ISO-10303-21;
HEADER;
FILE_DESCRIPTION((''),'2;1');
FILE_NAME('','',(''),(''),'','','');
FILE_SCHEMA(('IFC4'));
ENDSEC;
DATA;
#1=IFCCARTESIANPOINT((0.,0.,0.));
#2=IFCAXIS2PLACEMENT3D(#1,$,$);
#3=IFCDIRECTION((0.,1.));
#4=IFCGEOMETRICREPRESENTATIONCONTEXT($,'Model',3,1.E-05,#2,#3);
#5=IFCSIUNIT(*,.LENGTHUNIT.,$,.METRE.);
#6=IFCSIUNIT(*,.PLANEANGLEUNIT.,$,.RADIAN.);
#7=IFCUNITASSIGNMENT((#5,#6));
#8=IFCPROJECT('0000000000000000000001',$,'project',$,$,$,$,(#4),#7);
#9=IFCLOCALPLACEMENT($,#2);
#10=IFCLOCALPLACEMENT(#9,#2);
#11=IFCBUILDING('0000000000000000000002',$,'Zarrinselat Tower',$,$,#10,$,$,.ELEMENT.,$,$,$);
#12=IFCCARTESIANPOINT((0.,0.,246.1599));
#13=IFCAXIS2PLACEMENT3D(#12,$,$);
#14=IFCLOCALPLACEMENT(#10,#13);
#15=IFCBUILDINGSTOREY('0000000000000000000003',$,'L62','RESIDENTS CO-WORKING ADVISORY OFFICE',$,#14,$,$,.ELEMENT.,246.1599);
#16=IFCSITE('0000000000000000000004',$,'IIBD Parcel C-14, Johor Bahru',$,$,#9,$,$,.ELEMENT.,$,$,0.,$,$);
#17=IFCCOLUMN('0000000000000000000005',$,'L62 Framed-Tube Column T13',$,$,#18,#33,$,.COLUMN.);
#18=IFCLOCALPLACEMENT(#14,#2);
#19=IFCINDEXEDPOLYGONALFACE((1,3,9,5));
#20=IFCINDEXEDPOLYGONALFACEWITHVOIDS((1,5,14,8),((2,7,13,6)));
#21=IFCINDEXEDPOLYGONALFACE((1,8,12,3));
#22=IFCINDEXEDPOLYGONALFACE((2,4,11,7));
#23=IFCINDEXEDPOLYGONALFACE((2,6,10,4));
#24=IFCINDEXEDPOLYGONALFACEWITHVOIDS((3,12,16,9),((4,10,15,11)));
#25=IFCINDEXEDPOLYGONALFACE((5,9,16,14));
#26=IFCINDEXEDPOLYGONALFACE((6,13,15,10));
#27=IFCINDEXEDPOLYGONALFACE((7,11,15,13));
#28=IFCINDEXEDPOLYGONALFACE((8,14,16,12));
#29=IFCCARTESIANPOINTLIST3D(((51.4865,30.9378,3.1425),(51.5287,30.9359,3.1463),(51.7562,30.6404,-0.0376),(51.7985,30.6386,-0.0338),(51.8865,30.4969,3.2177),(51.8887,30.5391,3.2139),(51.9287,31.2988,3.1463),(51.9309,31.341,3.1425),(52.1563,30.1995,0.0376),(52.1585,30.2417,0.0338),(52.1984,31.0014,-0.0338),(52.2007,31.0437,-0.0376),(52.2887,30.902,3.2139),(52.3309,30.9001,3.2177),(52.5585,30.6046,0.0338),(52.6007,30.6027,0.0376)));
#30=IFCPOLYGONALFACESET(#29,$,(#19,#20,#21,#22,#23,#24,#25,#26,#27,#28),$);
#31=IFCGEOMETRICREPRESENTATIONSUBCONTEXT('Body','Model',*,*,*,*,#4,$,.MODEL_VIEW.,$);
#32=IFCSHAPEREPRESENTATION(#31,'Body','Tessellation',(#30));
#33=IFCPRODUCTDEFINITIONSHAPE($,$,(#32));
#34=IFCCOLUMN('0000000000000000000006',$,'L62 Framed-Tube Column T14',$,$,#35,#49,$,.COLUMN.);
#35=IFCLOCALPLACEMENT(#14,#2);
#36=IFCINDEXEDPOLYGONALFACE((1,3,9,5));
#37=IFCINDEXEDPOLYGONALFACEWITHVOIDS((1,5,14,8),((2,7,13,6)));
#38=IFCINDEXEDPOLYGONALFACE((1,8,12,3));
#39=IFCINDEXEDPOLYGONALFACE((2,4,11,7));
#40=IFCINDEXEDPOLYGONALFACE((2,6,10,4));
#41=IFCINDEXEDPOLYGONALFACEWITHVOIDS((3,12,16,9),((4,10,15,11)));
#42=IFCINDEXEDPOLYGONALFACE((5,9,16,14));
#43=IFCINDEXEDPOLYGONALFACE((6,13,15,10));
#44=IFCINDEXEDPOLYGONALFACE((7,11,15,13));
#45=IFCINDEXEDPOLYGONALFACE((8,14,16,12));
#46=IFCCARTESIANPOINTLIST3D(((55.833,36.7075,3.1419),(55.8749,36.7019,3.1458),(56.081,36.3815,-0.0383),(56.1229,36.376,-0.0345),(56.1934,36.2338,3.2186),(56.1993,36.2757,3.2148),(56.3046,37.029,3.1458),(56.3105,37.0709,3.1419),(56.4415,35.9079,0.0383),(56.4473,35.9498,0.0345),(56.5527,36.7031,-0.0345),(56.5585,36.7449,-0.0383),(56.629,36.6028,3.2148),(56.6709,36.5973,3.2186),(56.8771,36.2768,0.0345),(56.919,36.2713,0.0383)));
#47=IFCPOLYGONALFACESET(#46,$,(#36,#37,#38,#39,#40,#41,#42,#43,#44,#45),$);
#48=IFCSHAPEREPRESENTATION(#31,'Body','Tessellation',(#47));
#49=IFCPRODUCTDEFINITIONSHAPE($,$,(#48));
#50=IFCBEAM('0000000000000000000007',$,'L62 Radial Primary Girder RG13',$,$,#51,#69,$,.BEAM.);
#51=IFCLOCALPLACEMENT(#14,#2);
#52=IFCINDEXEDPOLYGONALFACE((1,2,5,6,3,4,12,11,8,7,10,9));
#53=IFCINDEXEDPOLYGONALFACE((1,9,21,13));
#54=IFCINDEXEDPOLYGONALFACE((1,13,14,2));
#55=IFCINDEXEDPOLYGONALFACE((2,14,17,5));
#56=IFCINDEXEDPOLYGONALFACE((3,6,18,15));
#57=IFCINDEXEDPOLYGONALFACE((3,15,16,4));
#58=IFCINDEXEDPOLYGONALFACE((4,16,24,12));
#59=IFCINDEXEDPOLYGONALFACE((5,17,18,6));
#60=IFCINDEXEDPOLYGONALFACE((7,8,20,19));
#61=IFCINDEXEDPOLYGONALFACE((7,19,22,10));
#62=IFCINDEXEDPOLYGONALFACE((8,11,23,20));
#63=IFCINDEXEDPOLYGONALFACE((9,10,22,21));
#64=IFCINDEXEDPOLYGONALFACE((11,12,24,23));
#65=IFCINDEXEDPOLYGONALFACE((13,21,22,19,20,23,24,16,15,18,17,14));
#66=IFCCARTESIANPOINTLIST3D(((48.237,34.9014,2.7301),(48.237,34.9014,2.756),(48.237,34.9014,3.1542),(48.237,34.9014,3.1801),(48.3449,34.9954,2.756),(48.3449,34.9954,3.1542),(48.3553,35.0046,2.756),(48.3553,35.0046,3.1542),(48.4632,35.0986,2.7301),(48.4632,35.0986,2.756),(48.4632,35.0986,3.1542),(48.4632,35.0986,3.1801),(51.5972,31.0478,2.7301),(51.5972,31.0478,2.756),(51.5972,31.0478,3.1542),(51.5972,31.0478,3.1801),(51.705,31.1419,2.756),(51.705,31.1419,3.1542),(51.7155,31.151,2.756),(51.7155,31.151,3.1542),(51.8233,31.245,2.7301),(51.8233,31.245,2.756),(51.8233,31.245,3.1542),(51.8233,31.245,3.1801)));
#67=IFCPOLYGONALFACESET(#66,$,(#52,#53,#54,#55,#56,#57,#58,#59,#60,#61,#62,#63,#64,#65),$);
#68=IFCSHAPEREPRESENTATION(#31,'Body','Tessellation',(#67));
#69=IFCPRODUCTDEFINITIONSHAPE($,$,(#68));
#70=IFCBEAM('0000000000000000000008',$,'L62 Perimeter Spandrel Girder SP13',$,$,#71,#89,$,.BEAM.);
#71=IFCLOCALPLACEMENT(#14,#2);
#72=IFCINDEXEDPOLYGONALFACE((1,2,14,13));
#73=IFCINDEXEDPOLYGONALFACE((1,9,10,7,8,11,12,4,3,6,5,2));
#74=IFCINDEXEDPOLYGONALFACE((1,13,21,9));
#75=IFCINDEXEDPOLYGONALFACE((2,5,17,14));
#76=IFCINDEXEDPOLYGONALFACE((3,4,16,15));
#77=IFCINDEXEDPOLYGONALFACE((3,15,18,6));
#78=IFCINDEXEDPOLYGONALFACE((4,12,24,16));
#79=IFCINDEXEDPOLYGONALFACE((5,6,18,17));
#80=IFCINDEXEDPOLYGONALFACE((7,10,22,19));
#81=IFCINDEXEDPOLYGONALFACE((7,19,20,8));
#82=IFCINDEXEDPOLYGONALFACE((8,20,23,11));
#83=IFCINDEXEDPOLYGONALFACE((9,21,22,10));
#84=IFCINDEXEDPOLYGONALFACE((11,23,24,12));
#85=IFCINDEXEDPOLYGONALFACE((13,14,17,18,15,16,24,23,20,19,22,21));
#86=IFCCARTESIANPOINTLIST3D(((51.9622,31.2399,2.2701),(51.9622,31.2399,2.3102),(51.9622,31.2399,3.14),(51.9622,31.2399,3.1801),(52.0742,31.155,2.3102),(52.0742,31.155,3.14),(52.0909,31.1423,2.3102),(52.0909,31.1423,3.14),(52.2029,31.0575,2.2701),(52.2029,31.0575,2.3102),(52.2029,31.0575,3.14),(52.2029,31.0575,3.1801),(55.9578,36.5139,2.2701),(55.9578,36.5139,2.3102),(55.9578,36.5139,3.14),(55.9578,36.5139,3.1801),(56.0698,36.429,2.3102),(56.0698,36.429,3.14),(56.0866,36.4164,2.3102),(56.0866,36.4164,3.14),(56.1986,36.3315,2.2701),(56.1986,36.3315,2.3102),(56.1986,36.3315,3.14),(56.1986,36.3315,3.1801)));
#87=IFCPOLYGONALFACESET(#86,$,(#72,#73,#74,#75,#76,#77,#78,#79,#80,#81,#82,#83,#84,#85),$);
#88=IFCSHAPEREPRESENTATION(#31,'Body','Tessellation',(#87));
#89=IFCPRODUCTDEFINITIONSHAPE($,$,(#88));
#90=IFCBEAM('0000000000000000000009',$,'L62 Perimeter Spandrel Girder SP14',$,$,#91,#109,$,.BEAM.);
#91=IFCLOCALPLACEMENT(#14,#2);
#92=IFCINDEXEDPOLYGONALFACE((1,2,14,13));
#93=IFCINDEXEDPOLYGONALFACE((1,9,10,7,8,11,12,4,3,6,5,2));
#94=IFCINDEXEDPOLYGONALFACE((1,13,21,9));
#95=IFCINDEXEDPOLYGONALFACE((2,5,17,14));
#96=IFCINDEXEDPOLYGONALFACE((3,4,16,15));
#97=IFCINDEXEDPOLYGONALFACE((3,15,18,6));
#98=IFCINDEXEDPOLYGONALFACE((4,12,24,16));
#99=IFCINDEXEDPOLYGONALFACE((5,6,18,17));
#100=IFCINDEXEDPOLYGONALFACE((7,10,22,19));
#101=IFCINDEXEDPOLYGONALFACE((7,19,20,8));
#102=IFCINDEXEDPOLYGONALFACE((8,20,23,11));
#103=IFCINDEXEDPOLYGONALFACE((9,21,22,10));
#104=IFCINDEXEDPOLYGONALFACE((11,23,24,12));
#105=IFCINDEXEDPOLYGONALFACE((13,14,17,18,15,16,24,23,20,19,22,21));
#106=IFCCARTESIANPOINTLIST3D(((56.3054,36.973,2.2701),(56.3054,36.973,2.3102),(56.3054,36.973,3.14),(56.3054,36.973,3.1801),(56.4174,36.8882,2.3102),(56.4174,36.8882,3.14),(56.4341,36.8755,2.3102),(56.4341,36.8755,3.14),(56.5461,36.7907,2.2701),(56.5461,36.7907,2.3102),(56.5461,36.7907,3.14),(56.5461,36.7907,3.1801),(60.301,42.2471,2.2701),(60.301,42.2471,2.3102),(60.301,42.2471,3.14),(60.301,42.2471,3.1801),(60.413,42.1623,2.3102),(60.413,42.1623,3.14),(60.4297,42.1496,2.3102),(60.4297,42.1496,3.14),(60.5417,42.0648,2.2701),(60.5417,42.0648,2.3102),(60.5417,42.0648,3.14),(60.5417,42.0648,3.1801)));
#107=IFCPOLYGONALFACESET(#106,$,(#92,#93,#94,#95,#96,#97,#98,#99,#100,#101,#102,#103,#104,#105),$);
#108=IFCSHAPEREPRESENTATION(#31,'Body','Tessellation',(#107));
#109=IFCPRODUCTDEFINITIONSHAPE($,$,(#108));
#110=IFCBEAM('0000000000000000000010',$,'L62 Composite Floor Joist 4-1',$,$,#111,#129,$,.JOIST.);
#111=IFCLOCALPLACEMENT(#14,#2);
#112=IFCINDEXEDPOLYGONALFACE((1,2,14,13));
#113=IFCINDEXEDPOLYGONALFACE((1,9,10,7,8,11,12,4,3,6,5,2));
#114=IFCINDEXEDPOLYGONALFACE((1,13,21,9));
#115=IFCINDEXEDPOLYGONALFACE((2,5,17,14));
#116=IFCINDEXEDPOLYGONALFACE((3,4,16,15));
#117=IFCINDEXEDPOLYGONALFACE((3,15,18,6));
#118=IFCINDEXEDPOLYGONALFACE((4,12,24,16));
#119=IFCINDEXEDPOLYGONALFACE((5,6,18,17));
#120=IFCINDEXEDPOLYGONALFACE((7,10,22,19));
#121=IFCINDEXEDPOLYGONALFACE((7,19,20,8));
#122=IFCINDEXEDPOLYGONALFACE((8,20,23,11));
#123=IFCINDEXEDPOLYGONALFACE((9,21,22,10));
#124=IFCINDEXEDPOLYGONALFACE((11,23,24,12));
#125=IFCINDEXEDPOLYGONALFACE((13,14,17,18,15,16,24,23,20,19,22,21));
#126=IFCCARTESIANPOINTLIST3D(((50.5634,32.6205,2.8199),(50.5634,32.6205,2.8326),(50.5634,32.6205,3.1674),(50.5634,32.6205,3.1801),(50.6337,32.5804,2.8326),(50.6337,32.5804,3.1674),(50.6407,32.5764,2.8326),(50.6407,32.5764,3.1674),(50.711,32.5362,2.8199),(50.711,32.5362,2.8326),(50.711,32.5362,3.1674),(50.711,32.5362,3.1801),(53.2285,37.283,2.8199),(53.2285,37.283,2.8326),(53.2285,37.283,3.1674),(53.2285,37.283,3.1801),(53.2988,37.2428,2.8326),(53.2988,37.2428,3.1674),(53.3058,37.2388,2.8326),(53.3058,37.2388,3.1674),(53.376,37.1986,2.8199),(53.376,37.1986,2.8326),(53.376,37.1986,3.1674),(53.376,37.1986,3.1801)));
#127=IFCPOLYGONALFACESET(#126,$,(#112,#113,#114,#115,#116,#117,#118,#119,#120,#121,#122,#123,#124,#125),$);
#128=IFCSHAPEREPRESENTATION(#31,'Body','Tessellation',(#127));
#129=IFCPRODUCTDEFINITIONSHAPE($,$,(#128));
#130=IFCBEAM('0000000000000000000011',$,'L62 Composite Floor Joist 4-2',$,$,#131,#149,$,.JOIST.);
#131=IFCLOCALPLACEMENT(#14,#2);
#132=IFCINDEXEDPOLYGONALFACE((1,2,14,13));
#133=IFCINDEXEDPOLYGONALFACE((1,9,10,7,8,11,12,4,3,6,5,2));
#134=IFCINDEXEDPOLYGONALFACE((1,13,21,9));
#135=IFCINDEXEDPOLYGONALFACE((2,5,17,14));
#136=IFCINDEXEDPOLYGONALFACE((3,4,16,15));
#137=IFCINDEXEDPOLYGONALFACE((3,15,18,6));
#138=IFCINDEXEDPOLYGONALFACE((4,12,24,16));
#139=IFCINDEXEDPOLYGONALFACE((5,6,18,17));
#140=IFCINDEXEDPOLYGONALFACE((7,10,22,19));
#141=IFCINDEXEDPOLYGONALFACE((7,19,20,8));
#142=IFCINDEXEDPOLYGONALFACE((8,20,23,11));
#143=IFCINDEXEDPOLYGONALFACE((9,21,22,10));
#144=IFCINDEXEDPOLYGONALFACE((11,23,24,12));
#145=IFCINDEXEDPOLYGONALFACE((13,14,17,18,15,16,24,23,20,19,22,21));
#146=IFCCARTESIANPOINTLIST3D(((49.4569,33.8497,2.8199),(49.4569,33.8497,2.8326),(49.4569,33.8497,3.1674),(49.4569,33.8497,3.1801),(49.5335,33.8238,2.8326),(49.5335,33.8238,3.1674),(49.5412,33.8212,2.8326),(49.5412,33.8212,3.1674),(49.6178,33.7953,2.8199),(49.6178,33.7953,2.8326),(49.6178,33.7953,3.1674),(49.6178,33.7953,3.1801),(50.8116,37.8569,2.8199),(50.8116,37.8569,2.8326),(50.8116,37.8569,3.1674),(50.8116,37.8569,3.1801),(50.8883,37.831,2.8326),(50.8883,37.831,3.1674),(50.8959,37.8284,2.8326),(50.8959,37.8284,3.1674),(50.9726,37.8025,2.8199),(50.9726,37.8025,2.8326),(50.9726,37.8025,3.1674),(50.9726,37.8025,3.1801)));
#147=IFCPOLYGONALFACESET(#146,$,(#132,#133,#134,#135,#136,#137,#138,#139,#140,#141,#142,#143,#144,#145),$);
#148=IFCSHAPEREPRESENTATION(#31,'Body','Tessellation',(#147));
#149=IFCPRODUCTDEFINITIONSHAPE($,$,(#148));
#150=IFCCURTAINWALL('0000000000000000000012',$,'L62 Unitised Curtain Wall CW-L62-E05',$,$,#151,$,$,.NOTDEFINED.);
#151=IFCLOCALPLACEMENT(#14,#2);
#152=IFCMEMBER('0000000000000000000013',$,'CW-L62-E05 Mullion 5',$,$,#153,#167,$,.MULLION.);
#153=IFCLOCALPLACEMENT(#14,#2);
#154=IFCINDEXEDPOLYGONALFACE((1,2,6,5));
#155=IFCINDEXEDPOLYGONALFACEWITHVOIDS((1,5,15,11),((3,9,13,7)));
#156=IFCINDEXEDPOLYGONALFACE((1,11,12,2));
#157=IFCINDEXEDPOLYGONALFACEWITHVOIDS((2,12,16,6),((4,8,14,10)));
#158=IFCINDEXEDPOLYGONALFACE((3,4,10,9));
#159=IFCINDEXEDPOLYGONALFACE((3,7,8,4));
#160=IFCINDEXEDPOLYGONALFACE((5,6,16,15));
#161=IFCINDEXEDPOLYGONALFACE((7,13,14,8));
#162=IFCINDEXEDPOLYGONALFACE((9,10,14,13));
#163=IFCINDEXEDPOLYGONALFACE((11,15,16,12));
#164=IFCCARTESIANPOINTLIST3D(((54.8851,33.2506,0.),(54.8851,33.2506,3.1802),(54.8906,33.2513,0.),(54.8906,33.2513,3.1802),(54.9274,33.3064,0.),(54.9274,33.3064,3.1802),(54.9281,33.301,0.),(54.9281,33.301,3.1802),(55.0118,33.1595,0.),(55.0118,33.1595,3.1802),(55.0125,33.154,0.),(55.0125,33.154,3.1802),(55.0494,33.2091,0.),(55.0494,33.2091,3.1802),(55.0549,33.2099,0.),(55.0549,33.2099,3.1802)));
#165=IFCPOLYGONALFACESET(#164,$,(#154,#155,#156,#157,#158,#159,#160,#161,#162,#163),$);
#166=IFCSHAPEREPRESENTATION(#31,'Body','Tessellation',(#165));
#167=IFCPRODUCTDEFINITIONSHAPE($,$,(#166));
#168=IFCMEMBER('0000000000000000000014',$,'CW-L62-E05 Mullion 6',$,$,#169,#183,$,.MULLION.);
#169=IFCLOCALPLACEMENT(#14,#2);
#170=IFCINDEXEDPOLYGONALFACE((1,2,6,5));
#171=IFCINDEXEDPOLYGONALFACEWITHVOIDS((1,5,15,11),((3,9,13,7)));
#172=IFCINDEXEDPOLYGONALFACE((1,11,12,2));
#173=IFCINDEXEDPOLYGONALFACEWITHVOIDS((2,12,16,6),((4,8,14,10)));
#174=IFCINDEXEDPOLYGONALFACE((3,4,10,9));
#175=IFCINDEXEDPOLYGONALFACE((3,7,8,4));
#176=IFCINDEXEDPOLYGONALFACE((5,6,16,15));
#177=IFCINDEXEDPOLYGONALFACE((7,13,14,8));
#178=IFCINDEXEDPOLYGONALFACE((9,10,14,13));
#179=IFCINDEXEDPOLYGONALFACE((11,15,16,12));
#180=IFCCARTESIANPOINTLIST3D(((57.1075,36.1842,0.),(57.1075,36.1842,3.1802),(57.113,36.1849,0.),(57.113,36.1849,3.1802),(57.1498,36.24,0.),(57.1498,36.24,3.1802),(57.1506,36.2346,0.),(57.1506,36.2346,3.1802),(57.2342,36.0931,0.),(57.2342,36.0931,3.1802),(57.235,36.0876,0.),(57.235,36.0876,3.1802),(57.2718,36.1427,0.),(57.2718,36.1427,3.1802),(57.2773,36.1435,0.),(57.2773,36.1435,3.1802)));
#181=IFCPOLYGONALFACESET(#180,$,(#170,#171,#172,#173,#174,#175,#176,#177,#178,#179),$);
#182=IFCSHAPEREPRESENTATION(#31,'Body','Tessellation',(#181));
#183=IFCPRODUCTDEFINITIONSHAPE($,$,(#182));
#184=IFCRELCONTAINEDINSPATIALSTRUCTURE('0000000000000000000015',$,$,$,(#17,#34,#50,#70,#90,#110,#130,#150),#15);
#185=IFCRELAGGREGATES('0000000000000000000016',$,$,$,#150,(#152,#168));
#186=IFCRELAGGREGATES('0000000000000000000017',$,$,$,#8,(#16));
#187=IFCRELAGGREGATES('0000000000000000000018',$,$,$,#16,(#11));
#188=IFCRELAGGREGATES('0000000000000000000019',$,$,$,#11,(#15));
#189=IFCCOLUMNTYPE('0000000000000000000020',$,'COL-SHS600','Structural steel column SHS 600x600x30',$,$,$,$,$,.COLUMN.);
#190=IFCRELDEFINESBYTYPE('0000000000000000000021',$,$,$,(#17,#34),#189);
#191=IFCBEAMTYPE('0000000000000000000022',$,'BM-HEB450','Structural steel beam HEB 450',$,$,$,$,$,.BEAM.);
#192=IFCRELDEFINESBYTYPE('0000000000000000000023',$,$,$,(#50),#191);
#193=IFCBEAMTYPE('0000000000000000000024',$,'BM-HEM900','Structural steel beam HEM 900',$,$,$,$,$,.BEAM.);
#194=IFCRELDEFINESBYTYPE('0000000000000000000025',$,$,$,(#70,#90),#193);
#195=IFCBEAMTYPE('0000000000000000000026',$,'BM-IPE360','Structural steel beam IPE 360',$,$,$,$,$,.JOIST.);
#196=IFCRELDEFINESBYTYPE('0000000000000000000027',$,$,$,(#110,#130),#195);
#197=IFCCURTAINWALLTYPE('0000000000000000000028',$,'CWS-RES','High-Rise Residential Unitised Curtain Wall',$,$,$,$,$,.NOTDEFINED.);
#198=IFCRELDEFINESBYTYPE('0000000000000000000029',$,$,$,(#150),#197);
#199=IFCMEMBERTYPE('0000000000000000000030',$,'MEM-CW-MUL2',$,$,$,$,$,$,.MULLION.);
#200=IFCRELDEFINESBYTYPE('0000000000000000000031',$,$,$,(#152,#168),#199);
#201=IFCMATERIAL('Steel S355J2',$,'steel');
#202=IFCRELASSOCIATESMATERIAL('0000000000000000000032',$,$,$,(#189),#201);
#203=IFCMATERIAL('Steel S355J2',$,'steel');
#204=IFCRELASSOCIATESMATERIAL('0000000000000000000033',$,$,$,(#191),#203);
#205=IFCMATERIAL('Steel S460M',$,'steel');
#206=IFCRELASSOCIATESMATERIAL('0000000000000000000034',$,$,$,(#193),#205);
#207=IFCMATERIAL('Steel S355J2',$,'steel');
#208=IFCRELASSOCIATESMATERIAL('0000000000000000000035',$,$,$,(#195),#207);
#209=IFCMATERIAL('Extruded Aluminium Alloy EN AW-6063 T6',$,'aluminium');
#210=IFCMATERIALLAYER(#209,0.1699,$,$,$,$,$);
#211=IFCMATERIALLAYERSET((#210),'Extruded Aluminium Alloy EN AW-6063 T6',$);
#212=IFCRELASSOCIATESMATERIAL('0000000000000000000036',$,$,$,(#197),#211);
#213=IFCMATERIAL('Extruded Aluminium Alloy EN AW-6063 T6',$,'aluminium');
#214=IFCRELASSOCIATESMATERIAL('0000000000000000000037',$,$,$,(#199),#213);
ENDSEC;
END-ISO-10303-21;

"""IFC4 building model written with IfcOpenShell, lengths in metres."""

from ifc_helpers import new_model, si_unit, direction, frame, origin, origin_2d, place, context, subcontext, project, spatial, hollow_rectangle, i_section, extrude, material, layer, layer_set, material_profile, profile_set, type_object, element, aggregate, save


model = new_model("IFC4")

# Units and contexts
model_context = context("Model", 3, precision=1e-05, world=origin(), true_north=direction((0.0, 1.0)))
body_context = subcontext(model_context, "Body", "Model", "MODEL_VIEW")
ifc_project = project(units=[si_unit("LENGTHUNIT", "METRE"), si_unit("PLANEANGLEUNIT", "RADIAN")], contexts=[model_context])

# Site, building, storey
site_placement = place(None, origin())
site = spatial("IfcSite", under=ifc_project, at=site_placement, Name="IIBD Parcel C-14, Johor Bahru", CompositionType="ELEMENT", RefElevation=0.0)
building_placement = place(site_placement, origin())
building = spatial("IfcBuilding", under=site, at=building_placement, Name="Zarrinselat Tower", CompositionType="ELEMENT")
storey_placement = place(building_placement, frame((0.0, 0.0, 246.1599)))
storey = spatial("IfcBuildingStorey", under=building, at=storey_placement, Name="L62", Description="RESIDENTS CO-WORKING ADVISORY OFFICE", CompositionType="ELEMENT", Elevation=246.1599)

# Columns
ifc_material_1 = material(Name="Steel S355J2", Category="steel")
ifc_material_profile_1 = material_profile(ifc_material_1, hollow_rectangle(XDim=0.6001, YDim=0.6001, WallThickness=0.03, at=origin_2d()), Name="SHS 600x600x30")
ifc_profile_set_1 = profile_set([ifc_material_profile_1], Name="Steel S355J2")
column_type = type_object("IfcColumnType", Name="COL-SHS600", Description="Structural steel column SHS 600x600x30", PredefinedType="COLUMN", material=ifc_profile_set_1)
column_1_placement = place(storey_placement, frame((52.1785, 30.6216, 0.0), z_axis=(-0.084162, 0.092769, 0.992124), x_axis=(-0.740628, -0.671916, 0.0)))
element("IfcColumn", 1, at=column_1_placement, inside=storey, type_object=column_type, Name="L62 Framed-Tube Column T13", PredefinedType="COLUMN", context=body_context, shape_type="SweptSolid", body=[
    extrude(hollow_rectangle(XDim=0.6001, YDim=0.6001, WallThickness=0.03, at=origin_2d()), origin(), (0.0, 0.0, 1.0), 3.2053),
])
column_2_placement = place(storey_placement, frame((56.5, 36.3264, 0.0), z_axis=(-0.077359, 0.101648, 0.991808), x_axis=(-0.79576, -0.605612, 0.0)))
element("IfcColumn", 2, at=column_2_placement, inside=storey, type_object=column_type, Name="L62 Framed-Tube Column T14", PredefinedType="COLUMN", context=body_context, shape_type="SweptSolid", body=[
    extrude(hollow_rectangle(XDim=0.6001, YDim=0.6001, WallThickness=0.03, at=origin_2d()), origin(), (0.0, 0.0, 1.0), 3.2065),
])

# Beams
ifc_material_2 = material(Name="Steel S355J2", Category="steel")
ifc_material_profile_2 = material_profile(ifc_material_2, i_section(OverallWidth=0.3, OverallDepth=0.45, WebThickness=0.0139, FlangeThickness=0.0259, at=origin_2d()), Name="HEB 450")
ifc_profile_set_2 = profile_set([ifc_material_profile_2], Name="Steel S355J2")
beam_type_1 = type_object("IfcBeamType", Name="BM-HEB450", Description="Structural steel beam HEB 450", PredefinedType="BEAM", material=ifc_profile_set_2)
beam_1_placement = place(storey_placement, frame((48.3501, 35.0, 2.9551), z_axis=(0.657205, -0.753711, 0.0), x_axis=(0.753711, 0.657205, 0.0)))
element("IfcBeam", 3, at=beam_1_placement, inside=storey, type_object=beam_type_1, Name="L62 Radial Primary Girder RG13", PredefinedType="BEAM", context=body_context, shape_type="SweptSolid", body=[
    extrude(i_section(OverallWidth=0.3, OverallDepth=0.45, WebThickness=0.0139, FlangeThickness=0.0259, at=origin_2d()), origin(), (0.0, 0.0, 1.0), 5.1128),
])
ifc_material_3 = material(Name="Steel S460M", Category="steel")
ifc_material_profile_3 = material_profile(ifc_material_3, i_section(OverallWidth=0.302, OverallDepth=0.9099, WebThickness=0.021, FlangeThickness=0.04, at=origin_2d()), Name="HEM 900")
ifc_profile_set_3 = profile_set([ifc_material_profile_3], Name="Steel S460M")
beam_type_2 = type_object("IfcBeamType", Name="BM-HEM900", Description="Structural steel beam HEM 900", PredefinedType="BEAM", material=ifc_profile_set_3)
for number, where, z_axis, x_axis, name in (
    (4, (52.0825, 31.1487, 2.7251), (0.603878, 0.797077, 0.0), (-0.797077, 0.603878, 0.0), "L62 Perimeter Spandrel Girder SP13"),
    (5, (56.4258, 36.8818, 2.7251), (0.60386, 0.797091, 0.0), (-0.797091, 0.60386, 0.0), "L62 Perimeter Spandrel Girder SP14"),
):
    element("IfcBeam", number, at=place(storey_placement, frame(where, z_axis=z_axis, x_axis=x_axis)), inside=storey, type_object=beam_type_2, Name=name, PredefinedType="BEAM", context=body_context, shape_type="SweptSolid", body=[
        extrude(i_section(OverallWidth=0.302, OverallDepth=0.9099, WebThickness=0.021, FlangeThickness=0.04, at=origin_2d()), origin(), (0.0, 0.0, 1.0), 6.6167),
    ])
ifc_material_4 = material(Name="Steel S355J2", Category="steel")
ifc_material_profile_4 = material_profile(ifc_material_4, i_section(OverallWidth=0.1699, OverallDepth=0.3601, WebThickness=0.0081, FlangeThickness=0.0127, at=origin_2d()), Name="IPE 360")
ifc_profile_set_4 = profile_set([ifc_material_profile_4], Name="Steel S355J2")
beam_type_3 = type_object("IfcBeamType", Name="BM-IPE360", Description="Structural steel beam IPE 360", PredefinedType="JOIST", material=ifc_profile_set_4)
beam_2_placement = place(storey_placement, frame((50.6372, 32.5784, 3.0), z_axis=(0.496256, 0.868176, 0.0), x_axis=(-0.868176, 0.496256, 0.0)))
element("IfcBeam", 6, at=beam_2_placement, inside=storey, type_object=beam_type_3, Name="L62 Composite Floor Joist 4-1", PredefinedType="JOIST", context=body_context, shape_type="SweptSolid", body=[
    extrude(i_section(OverallWidth=0.1699, OverallDepth=0.3601, WebThickness=0.0081, FlangeThickness=0.0127, at=origin_2d()), origin(), (0.0, 0.0, 1.0), 5.3704),
])
beam_3_placement = place(storey_placement, frame((49.5374, 33.8225, 3.0), z_axis=(0.320277, 0.947324, 0.0), x_axis=(-0.947324, 0.320277, 0.0)))
element("IfcBeam", 7, at=beam_3_placement, inside=storey, type_object=beam_type_3, Name="L62 Composite Floor Joist 4-2", PredefinedType="JOIST", context=body_context, shape_type="SweptSolid", body=[
    extrude(i_section(OverallWidth=0.1699, OverallDepth=0.3601, WebThickness=0.0081, FlangeThickness=0.0127, at=origin_2d()), origin(), (0.0, 0.0, 1.0), 4.23),
])

# Curtain wall, members
ifc_material_5 = material(Name="Extruded Aluminium Alloy EN AW-6063 T6", Category="aluminium")
ifc_layer_1 = layer(ifc_material_5, 0.1699)
ifc_layer_set_1 = layer_set([ifc_layer_1], Name="Extruded Aluminium Alloy EN AW-6063 T6")
curtain_wall_type = type_object("IfcCurtainWallType", Name="CWS-RES", Description="High-Rise Residential Unitised Curtain Wall", PredefinedType="NOTDEFINED", material=ifc_layer_set_1)
curtain_wall_placement = place(storey_placement, origin())
curtain_wall = element("IfcCurtainWall", 8, at=curtain_wall_placement, inside=storey, type_object=curtain_wall_type, Name="L62 Unitised Curtain Wall CW-L62-E05", PredefinedType="NOTDEFINED")
ifc_material_6 = material(Name="Extruded Aluminium Alloy EN AW-6063 T6", Category="aluminium")
ifc_material_profile_5 = material_profile(ifc_material_6, hollow_rectangle(XDim=0.0701, YDim=0.1599, WallThickness=0.0039, at=origin_2d()), Name="RHS 160x70x4")
ifc_profile_set_5 = profile_set([ifc_material_profile_5], Name="Extruded Aluminium Alloy EN AW-6063 T6")
member_type_1 = type_object("IfcMemberType", Name="MEM-CW-MUL2", PredefinedType="MULLION", material=ifc_profile_set_5)
member_1_placement = place(storey_placement, frame((54.97, 33.2302, 0.0), z_axis=(0.0, 0.0, 1.0), x_axis=(0.603858, 0.797092, 0.0)))
member_1 = element("IfcMember", 9, at=member_1_placement, type_object=member_type_1, Name="CW-L62-E05 Mullion 5", PredefinedType="MULLION", context=body_context, shape_type="SweptSolid", body=[
    extrude(hollow_rectangle(XDim=0.0701, YDim=0.1599, WallThickness=0.0039, at=origin_2d()), origin(), (0.0, 0.0, 1.0), 3.1802),
])
member_2_placement = place(storey_placement, frame((57.1924, 36.1638, 0.0), z_axis=(0.0, 0.0, 1.0), x_axis=(0.603858, 0.797092, 0.0)))
member_2 = element("IfcMember", 10, at=member_2_placement, type_object=member_type_1, Name="CW-L62-E05 Mullion 6", PredefinedType="MULLION", context=body_context, shape_type="SweptSolid", body=[
    extrude(hollow_rectangle(XDim=0.0701, YDim=0.1599, WallThickness=0.0039, at=origin_2d()), origin(), (0.0, 0.0, 1.0), 3.1802),
])
aggregate(curtain_wall, [member_1, member_2])

save(model, "model.ifc")
